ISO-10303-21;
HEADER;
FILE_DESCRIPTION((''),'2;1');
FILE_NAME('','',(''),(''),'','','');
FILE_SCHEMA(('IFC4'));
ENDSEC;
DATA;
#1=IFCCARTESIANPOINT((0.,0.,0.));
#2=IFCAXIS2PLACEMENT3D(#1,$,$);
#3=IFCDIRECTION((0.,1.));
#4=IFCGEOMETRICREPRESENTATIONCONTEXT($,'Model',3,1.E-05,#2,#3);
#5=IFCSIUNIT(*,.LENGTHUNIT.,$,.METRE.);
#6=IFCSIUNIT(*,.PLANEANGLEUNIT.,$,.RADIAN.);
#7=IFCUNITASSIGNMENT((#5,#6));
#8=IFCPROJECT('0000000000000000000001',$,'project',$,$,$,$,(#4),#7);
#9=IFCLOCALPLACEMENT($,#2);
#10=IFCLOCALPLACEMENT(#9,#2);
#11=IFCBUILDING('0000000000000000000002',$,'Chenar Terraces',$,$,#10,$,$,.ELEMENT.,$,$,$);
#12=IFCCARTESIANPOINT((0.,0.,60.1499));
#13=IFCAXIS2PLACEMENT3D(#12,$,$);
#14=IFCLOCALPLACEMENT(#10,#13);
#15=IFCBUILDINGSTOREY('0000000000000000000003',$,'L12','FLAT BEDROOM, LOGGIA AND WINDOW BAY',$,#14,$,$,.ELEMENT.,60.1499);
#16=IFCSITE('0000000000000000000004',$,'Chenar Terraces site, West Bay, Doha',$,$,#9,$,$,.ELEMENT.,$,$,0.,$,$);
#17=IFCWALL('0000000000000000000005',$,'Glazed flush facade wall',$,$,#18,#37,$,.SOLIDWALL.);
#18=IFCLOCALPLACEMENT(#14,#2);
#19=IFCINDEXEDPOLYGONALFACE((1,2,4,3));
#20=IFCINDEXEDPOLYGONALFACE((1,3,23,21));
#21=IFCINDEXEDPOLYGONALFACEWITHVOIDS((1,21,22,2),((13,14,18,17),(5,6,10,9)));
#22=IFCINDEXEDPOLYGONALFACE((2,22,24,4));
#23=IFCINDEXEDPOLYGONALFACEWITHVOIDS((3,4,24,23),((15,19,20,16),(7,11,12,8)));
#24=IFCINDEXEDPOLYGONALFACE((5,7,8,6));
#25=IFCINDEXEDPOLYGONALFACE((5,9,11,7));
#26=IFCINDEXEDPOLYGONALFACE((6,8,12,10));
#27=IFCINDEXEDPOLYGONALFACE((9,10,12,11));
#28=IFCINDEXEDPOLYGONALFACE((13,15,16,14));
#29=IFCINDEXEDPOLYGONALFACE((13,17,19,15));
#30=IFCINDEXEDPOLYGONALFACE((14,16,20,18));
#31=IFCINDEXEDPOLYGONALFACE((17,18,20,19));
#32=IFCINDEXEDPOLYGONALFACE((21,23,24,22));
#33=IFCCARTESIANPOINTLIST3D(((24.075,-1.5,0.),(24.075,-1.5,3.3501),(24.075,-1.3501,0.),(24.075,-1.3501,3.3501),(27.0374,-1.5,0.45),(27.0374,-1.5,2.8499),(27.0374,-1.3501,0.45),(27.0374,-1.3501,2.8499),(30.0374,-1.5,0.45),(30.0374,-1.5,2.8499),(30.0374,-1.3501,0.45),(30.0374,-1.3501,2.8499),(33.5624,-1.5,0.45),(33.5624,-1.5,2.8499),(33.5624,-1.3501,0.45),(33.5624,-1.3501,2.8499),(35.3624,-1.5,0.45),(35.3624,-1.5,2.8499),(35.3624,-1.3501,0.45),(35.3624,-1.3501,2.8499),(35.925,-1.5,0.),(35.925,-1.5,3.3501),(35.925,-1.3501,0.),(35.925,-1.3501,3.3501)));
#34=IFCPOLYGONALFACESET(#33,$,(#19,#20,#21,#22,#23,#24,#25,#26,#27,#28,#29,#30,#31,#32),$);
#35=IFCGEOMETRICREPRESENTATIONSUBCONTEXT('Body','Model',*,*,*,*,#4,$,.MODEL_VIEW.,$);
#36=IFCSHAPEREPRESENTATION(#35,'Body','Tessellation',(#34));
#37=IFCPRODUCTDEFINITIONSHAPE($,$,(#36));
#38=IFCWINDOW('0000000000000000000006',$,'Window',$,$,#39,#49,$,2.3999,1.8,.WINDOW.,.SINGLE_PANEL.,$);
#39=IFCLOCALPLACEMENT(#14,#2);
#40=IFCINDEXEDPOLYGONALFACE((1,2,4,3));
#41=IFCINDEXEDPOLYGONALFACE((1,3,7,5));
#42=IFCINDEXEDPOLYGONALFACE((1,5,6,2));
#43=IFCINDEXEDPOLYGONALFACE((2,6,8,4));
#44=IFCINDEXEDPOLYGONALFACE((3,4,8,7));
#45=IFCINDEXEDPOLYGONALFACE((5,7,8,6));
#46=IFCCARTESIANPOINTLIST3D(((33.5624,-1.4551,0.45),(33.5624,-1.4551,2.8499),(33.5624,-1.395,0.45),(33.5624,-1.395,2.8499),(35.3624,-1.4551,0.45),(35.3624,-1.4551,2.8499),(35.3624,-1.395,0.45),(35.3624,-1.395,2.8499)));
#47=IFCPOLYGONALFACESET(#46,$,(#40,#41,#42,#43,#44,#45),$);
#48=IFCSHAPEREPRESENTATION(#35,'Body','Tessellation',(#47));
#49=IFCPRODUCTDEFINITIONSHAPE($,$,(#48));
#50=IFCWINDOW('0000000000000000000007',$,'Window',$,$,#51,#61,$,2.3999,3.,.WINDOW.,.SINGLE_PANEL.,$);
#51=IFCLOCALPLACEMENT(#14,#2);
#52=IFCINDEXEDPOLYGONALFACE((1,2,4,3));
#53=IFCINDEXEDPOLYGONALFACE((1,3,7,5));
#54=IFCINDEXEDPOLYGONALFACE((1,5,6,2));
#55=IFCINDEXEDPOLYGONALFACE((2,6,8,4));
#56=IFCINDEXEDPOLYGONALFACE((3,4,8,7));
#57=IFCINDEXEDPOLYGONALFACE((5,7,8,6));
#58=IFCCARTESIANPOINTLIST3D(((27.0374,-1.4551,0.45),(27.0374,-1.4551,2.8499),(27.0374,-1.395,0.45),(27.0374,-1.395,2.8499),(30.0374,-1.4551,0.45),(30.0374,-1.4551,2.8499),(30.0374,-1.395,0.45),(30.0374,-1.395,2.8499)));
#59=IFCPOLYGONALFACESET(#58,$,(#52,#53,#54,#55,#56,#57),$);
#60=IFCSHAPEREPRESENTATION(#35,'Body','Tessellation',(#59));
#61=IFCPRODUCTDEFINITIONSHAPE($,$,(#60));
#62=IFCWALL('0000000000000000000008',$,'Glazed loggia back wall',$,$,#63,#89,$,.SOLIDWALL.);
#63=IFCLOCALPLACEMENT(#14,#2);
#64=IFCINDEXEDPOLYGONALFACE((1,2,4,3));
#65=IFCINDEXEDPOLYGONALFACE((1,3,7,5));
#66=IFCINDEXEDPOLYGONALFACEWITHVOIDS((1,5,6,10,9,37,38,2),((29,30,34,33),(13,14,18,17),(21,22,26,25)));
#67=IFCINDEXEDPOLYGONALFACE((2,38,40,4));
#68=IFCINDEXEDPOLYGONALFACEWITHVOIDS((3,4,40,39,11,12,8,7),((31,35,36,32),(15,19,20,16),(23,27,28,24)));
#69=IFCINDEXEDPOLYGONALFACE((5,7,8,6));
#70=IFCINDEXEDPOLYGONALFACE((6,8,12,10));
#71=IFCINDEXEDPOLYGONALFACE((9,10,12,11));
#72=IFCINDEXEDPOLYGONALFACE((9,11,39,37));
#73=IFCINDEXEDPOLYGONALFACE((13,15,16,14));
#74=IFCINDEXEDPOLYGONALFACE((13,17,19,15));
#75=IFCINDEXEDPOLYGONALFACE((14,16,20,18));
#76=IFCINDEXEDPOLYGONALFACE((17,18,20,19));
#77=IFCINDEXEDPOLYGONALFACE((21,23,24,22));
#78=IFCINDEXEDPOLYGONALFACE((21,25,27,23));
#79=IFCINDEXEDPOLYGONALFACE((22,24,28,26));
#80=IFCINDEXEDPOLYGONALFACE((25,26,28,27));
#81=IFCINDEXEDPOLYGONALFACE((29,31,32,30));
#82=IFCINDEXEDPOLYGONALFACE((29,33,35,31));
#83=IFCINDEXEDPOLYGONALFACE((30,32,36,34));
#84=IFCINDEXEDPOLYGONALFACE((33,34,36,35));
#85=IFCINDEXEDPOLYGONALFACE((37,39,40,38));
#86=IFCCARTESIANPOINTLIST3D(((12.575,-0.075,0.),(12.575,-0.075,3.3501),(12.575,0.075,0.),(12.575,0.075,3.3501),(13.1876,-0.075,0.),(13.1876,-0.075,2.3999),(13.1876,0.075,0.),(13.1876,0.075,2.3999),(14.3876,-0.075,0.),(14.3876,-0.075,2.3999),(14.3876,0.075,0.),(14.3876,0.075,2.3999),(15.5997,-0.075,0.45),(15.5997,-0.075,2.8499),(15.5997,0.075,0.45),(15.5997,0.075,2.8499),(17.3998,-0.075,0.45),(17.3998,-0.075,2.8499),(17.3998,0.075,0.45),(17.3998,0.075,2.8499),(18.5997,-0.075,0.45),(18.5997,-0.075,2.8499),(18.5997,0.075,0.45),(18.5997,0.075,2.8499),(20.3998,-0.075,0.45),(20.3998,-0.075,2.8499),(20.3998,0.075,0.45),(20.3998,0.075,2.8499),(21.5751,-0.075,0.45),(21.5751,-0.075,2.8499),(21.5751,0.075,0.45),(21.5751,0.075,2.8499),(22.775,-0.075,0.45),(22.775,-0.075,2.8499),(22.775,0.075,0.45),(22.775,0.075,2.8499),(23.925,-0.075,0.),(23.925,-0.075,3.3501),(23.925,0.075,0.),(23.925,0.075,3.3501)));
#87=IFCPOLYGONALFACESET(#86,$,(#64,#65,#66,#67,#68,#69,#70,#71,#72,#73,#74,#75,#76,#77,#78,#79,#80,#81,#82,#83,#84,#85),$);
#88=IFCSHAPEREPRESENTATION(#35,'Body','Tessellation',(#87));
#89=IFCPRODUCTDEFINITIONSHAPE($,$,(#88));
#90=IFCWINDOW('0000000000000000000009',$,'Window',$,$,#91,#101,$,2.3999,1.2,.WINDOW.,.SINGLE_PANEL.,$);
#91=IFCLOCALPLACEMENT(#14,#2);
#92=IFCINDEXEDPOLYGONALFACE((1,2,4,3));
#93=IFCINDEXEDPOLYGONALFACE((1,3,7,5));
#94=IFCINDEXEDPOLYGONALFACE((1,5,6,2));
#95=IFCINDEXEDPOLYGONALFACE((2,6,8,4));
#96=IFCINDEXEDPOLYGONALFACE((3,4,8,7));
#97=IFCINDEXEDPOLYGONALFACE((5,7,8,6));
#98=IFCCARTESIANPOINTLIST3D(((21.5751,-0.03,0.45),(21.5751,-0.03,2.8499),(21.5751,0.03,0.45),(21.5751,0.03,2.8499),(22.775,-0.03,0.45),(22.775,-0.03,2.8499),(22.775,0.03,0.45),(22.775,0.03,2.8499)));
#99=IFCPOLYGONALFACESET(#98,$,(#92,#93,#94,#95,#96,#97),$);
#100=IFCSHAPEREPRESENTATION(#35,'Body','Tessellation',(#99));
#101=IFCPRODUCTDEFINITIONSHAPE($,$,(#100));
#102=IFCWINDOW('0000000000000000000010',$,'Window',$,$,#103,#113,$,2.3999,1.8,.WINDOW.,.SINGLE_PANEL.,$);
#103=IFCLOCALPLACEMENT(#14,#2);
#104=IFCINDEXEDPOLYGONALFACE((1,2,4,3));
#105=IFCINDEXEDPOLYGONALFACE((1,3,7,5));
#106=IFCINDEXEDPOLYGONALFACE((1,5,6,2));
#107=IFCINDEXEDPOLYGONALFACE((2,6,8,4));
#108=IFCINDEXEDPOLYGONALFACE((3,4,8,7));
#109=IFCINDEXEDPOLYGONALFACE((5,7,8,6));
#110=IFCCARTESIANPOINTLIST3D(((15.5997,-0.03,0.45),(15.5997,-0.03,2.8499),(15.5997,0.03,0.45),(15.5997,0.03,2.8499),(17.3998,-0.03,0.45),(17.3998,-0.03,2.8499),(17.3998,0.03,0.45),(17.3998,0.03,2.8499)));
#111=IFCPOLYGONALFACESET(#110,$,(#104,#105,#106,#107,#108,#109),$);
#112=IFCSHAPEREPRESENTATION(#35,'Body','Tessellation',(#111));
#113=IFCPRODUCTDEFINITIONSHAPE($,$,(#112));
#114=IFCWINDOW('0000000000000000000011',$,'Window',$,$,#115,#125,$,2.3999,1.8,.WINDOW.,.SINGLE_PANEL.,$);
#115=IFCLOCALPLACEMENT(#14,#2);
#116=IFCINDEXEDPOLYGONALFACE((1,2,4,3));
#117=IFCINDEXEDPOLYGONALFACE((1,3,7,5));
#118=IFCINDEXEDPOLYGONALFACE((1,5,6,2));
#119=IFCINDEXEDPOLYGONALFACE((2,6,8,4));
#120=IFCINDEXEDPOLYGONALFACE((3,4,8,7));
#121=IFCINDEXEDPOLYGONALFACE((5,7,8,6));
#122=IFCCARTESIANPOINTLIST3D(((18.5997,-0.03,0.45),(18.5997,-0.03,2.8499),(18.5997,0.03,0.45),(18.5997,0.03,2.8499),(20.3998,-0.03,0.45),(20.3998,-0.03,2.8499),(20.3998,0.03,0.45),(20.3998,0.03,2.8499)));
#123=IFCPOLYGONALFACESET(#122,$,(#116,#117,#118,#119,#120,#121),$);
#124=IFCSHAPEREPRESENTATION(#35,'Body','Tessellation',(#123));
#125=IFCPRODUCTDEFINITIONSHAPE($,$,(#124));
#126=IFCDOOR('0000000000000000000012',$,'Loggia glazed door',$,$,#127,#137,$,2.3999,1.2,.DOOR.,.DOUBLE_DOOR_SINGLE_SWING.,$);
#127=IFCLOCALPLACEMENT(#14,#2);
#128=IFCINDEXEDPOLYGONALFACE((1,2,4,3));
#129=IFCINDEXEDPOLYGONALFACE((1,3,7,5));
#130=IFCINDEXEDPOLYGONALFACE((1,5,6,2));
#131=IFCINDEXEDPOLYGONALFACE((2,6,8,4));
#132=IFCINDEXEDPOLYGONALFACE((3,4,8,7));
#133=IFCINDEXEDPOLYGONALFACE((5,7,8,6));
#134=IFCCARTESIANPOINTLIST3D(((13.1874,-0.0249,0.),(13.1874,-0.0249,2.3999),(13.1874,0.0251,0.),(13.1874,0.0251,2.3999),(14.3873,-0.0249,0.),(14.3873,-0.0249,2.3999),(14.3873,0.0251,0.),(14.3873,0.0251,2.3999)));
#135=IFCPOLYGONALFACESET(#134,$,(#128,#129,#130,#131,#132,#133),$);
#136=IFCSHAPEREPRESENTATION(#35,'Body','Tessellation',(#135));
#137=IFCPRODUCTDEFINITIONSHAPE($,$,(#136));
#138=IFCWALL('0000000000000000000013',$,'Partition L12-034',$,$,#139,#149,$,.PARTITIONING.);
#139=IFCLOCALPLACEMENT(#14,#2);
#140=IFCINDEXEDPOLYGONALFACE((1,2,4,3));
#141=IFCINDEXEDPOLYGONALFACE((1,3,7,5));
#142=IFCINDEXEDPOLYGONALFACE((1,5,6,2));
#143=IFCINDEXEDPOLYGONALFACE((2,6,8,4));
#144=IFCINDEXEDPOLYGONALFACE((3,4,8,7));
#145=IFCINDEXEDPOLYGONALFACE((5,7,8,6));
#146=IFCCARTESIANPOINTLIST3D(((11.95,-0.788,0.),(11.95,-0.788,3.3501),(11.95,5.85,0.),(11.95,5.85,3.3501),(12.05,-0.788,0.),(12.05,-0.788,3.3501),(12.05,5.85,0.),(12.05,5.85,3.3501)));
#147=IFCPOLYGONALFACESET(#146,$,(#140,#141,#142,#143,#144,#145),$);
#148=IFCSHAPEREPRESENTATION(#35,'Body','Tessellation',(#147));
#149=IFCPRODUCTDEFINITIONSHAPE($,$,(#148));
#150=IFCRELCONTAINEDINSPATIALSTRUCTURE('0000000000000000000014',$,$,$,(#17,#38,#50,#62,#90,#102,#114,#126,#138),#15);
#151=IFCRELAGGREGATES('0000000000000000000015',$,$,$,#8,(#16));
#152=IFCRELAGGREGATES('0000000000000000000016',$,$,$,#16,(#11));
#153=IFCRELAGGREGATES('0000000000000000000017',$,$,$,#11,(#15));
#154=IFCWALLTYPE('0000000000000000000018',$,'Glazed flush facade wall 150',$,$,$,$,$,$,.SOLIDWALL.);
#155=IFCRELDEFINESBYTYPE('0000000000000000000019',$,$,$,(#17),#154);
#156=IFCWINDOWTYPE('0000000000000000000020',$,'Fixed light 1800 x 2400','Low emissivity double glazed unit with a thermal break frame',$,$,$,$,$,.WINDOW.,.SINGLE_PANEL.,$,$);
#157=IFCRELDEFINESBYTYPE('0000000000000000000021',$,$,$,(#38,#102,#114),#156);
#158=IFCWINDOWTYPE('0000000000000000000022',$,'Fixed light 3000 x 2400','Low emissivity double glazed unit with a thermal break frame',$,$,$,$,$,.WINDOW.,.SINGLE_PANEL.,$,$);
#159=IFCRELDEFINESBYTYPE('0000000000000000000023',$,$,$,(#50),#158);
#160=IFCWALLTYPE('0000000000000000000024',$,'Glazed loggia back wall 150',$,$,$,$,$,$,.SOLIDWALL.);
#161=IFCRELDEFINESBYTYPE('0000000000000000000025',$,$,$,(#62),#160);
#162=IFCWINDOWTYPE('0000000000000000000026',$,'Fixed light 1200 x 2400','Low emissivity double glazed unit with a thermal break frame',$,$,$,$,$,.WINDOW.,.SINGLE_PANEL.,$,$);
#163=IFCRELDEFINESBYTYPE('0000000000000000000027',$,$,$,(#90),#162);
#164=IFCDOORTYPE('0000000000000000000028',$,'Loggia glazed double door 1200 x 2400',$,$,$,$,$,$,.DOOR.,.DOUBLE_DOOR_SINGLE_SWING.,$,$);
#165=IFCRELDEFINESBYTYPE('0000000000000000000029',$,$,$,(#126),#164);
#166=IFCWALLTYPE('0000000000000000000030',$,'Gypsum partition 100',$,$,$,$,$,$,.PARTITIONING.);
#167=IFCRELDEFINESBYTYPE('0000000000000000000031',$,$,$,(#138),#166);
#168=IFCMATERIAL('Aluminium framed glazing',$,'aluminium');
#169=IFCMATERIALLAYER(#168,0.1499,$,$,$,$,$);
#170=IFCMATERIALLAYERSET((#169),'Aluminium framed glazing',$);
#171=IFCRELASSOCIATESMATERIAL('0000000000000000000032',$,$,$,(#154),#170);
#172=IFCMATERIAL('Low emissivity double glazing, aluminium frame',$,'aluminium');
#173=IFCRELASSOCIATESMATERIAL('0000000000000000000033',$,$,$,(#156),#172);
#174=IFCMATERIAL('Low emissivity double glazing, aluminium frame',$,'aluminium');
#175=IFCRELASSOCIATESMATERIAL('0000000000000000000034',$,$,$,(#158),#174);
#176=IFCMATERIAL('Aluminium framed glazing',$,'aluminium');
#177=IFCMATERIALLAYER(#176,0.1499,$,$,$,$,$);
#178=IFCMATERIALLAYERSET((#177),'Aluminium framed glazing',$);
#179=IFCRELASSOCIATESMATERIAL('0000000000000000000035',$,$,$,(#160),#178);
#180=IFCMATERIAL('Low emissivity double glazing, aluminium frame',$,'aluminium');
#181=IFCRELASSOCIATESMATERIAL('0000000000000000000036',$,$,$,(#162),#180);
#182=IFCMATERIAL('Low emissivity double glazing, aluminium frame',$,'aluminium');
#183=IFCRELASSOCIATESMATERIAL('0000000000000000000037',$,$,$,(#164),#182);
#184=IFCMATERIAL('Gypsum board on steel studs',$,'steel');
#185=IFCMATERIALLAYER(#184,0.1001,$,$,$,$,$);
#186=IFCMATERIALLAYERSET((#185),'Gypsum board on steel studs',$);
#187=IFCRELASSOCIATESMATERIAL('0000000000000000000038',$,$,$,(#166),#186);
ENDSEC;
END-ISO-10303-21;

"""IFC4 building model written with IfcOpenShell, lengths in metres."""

from ifc_helpers import new_model, si_unit, direction, frame, frame_2d, origin, place, context, subcontext, project, spatial, rectangle, extrude, material, layer, layer_set, type_object, element, fill, save


model = new_model("IFC4")

# Units and contexts
model_context = context("Model", 3, precision=1e-05, world=origin(), true_north=direction((0.0, 1.0)))
body_context = subcontext(model_context, "Body", "Model", "MODEL_VIEW")
ifc_project = project(units=[si_unit("LENGTHUNIT", "METRE"), si_unit("PLANEANGLEUNIT", "RADIAN")], contexts=[model_context])

# Site, building, storey
site_placement = place(None, origin())
site = spatial("IfcSite", under=ifc_project, at=site_placement, Name="Chenar Terraces site, West Bay, Doha", CompositionType="ELEMENT", RefElevation=0.0)
building_placement = place(site_placement, origin())
building = spatial("IfcBuilding", under=site, at=building_placement, Name="Chenar Terraces", CompositionType="ELEMENT")
storey_placement = place(building_placement, frame((0.0, 0.0, 60.1499)))
storey = spatial("IfcBuildingStorey", under=building, at=storey_placement, Name="L12", Description="FLAT BEDROOM, LOGGIA AND WINDOW BAY", CompositionType="ELEMENT", Elevation=60.1499)

# Wall, openings, windows
ifc_material_1 = material(Name="Aluminium framed glazing", Category="aluminium")
ifc_layer_1 = layer(ifc_material_1, 0.1499)
ifc_layer_set_1 = layer_set([ifc_layer_1], Name="Aluminium framed glazing")
wall_type_1 = type_object("IfcWallType", Name="Glazed flush facade wall 150", PredefinedType="SOLIDWALL", material=ifc_layer_set_1)
wall_1_placement = place(storey_placement, frame((24.075, -1.425, 0.0), z_axis=(0.0, 0.0, 1.0), x_axis=(1.0, 0.0, 0.0)))
wall_1 = element("IfcWall", 1, at=wall_1_placement, inside=storey, type_object=wall_type_1, Name="Glazed flush facade wall", PredefinedType="SOLIDWALL", context=body_context, shape_type="SweptSolid", body=[
    extrude(rectangle(XDim=11.8501, YDim=0.1499, at=frame_2d((5.925, 0.0))), origin(), (0.0, 0.0, 1.0), 3.3501),
])
opening_1_placement = place(wall_1_placement, frame((2.9624, 0.0, 0.45)))
opening_1 = element("IfcOpeningElement", 2, at=opening_1_placement, cuts=wall_1, PredefinedType="OPENING", context=body_context, shape_type="SweptSolid", body=[
    extrude(rectangle(XDim=3.0, YDim=2.3999, at=frame_2d((1.5, 1.2))), frame((0.0, 0.085, 0.0), z_axis=(0.0, -1.0, 0.0), x_axis=(1.0, 0.0, 0.0)), (0.0, 0.0, 1.0), 0.1699),
])
opening_2_placement = place(wall_1_placement, frame((9.4875, 0.0, 0.45)))
opening_2 = element("IfcOpeningElement", 3, at=opening_2_placement, cuts=wall_1, PredefinedType="OPENING", context=body_context, shape_type="SweptSolid", body=[
    extrude(rectangle(XDim=1.8, YDim=2.3999, at=frame_2d((0.8999, 1.2))), frame((0.0, 0.085, 0.0), z_axis=(0.0, -1.0, 0.0), x_axis=(1.0, 0.0, 0.0)), (0.0, 0.0, 1.0), 0.1699),
])
ifc_material_2 = material(Name="Low emissivity double glazing, aluminium frame", Category="aluminium")
window_type_1 = type_object("IfcWindowType", Name="Fixed light 1800 x 2400", Description="Low emissivity double glazed unit with a thermal break frame", PartitioningType="SINGLE_PANEL", PredefinedType="WINDOW", material=ifc_material_2)
window_1_placement = place(opening_2_placement, origin())
window_1 = element("IfcWindow", 4, at=window_1_placement, inside=storey, type_object=window_type_1, Name="Window", OverallHeight=2.3999, OverallWidth=1.8, PartitioningType="SINGLE_PANEL", PredefinedType="WINDOW", context=body_context, shape_type="SweptSolid", body=[
    extrude(rectangle(XDim=1.8, YDim=2.3999, at=frame_2d((0.8999, 1.2))), frame((0.0, 0.03, 0.0), z_axis=(0.0, -1.0, 0.0), x_axis=(1.0, 0.0, 0.0)), (0.0, 0.0, 1.0), 0.0601),
])
fill(opening_2, window_1)
ifc_material_3 = material(Name="Low emissivity double glazing, aluminium frame", Category="aluminium")
window_type_2 = type_object("IfcWindowType", Name="Fixed light 3000 x 2400", Description="Low emissivity double glazed unit with a thermal break frame", PartitioningType="SINGLE_PANEL", PredefinedType="WINDOW", material=ifc_material_3)
window_2_placement = place(opening_1_placement, origin())
window_2 = element("IfcWindow", 5, at=window_2_placement, inside=storey, type_object=window_type_2, Name="Window", OverallHeight=2.3999, OverallWidth=3.0, PartitioningType="SINGLE_PANEL", PredefinedType="WINDOW", context=body_context, shape_type="SweptSolid", body=[
    extrude(rectangle(XDim=3.0, YDim=2.3999, at=frame_2d((1.5, 1.2))), frame((0.0, 0.03, 0.0), z_axis=(0.0, -1.0, 0.0), x_axis=(1.0, 0.0, 0.0)), (0.0, 0.0, 1.0), 0.0601),
])
fill(opening_1, window_2)

# Wall, openings, windows, door
ifc_material_4 = material(Name="Aluminium framed glazing", Category="aluminium")
ifc_layer_2 = layer(ifc_material_4, 0.1499)
ifc_layer_set_2 = layer_set([ifc_layer_2], Name="Aluminium framed glazing")
wall_type_2 = type_object("IfcWallType", Name="Glazed loggia back wall 150", PredefinedType="SOLIDWALL", material=ifc_layer_set_2)
wall_2_placement = place(storey_placement, frame((12.575, 0.0, 0.0), z_axis=(0.0, 0.0, 1.0), x_axis=(1.0, 0.0, 0.0)))
wall_2 = element("IfcWall", 6, at=wall_2_placement, inside=storey, type_object=wall_type_2, Name="Glazed loggia back wall", PredefinedType="SOLIDWALL", context=body_context, shape_type="SweptSolid", body=[
    extrude(rectangle(XDim=11.3501, YDim=0.1499, at=frame_2d((5.675, 0.0))), origin(), (0.0, 0.0, 1.0), 3.3501),
])
opening_3_placement = place(wall_2_placement, frame((0.6125, 0.0, 0.0)))
opening_3 = element("IfcOpeningElement", 7, at=opening_3_placement, cuts=wall_2, PredefinedType="OPENING", context=body_context, shape_type="SweptSolid", body=[
    extrude(rectangle(XDim=1.2, YDim=2.3999, at=frame_2d((0.6001, 1.2))), frame((0.0, 0.085, 0.0), z_axis=(0.0, -1.0, 0.0), x_axis=(1.0, 0.0, 0.0)), (0.0, 0.0, 1.0), 0.1699),
])
opening_4_placement = place(wall_2_placement, frame((3.0249, 0.0, 0.45)))
opening_4 = element("IfcOpeningElement", 8, at=opening_4_placement, cuts=wall_2, PredefinedType="OPENING", context=body_context, shape_type="SweptSolid", body=[
    extrude(rectangle(XDim=1.8, YDim=2.3999, at=frame_2d((0.8999, 1.2))), frame((0.0, 0.085, 0.0), z_axis=(0.0, -1.0, 0.0), x_axis=(1.0, 0.0, 0.0)), (0.0, 0.0, 1.0), 0.1699),
])
opening_5_placement = place(wall_2_placement, frame((6.0249, 0.0, 0.45)))
opening_5 = element("IfcOpeningElement", 9, at=opening_5_placement, cuts=wall_2, PredefinedType="OPENING", context=body_context, shape_type="SweptSolid", body=[
    extrude(rectangle(XDim=1.8, YDim=2.3999, at=frame_2d((0.8999, 1.2))), frame((0.0, 0.085, 0.0), z_axis=(0.0, -1.0, 0.0), x_axis=(1.0, 0.0, 0.0)), (0.0, 0.0, 1.0), 0.1699),
])
opening_6_placement = place(wall_2_placement, frame((9.0, 0.0, 0.45)))
opening_6 = element("IfcOpeningElement", 10, at=opening_6_placement, cuts=wall_2, PredefinedType="OPENING", context=body_context, shape_type="SweptSolid", body=[
    extrude(rectangle(XDim=1.2, YDim=2.3999, at=frame_2d((0.6001, 1.2))), frame((0.0, 0.085, 0.0), z_axis=(0.0, -1.0, 0.0), x_axis=(1.0, 0.0, 0.0)), (0.0, 0.0, 1.0), 0.1699),
])
ifc_material_5 = material(Name="Low emissivity double glazing, aluminium frame", Category="aluminium")
window_type_3 = type_object("IfcWindowType", Name="Fixed light 1200 x 2400", Description="Low emissivity double glazed unit with a thermal break frame", PartitioningType="SINGLE_PANEL", PredefinedType="WINDOW", material=ifc_material_5)
window_3_placement = place(opening_6_placement, origin())
window_3 = element("IfcWindow", 11, at=window_3_placement, inside=storey, type_object=window_type_3, Name="Window", OverallHeight=2.3999, OverallWidth=1.2, PartitioningType="SINGLE_PANEL", PredefinedType="WINDOW", context=body_context, shape_type="SweptSolid", body=[
    extrude(rectangle(XDim=1.2, YDim=2.3999, at=frame_2d((0.6001, 1.2))), frame((0.0, 0.03, 0.0), z_axis=(0.0, -1.0, 0.0), x_axis=(1.0, 0.0, 0.0)), (0.0, 0.0, 1.0), 0.0601),
])
fill(opening_6, window_3)
window_4_placement = place(opening_4_placement, origin())
window_4 = element("IfcWindow", 12, at=window_4_placement, inside=storey, type_object=window_type_1, Name="Window", OverallHeight=2.3999, OverallWidth=1.8, PartitioningType="SINGLE_PANEL", PredefinedType="WINDOW", context=body_context, shape_type="SweptSolid", body=[
    extrude(rectangle(XDim=1.8, YDim=2.3999, at=frame_2d((0.8999, 1.2))), frame((0.0, 0.03, 0.0), z_axis=(0.0, -1.0, 0.0), x_axis=(1.0, 0.0, 0.0)), (0.0, 0.0, 1.0), 0.0601),
])
fill(opening_4, window_4)
window_5_placement = place(opening_5_placement, origin())
window_5 = element("IfcWindow", 13, at=window_5_placement, inside=storey, type_object=window_type_1, Name="Window", OverallHeight=2.3999, OverallWidth=1.8, PartitioningType="SINGLE_PANEL", PredefinedType="WINDOW", context=body_context, shape_type="SweptSolid", body=[
    extrude(rectangle(XDim=1.8, YDim=2.3999, at=frame_2d((0.8999, 1.2))), frame((0.0, 0.03, 0.0), z_axis=(0.0, -1.0, 0.0), x_axis=(1.0, 0.0, 0.0)), (0.0, 0.0, 1.0), 0.0601),
])
fill(opening_5, window_5)
ifc_material_6 = material(Name="Low emissivity double glazing, aluminium frame", Category="aluminium")
door_type_1 = type_object("IfcDoorType", Name="Loggia glazed double door 1200 x 2400", OperationType="DOUBLE_DOOR_SINGLE_SWING", PredefinedType="DOOR", material=ifc_material_6)
door_1_placement = place(opening_3_placement, frame((1.2, 0.0, 0.0), z_axis=(0.0, 0.0, 1.0), x_axis=(-1.0, 0.0, 0.0)))
door_1 = element("IfcDoor", 14, at=door_1_placement, inside=storey, type_object=door_type_1, Name="Loggia glazed door", OperationType="DOUBLE_DOOR_SINGLE_SWING", OverallHeight=2.3999, OverallWidth=1.2, PredefinedType="DOOR", context=body_context, shape_type="SweptSolid", body=[
    extrude(rectangle(XDim=1.2, YDim=2.3999, at=frame_2d((0.6001, 1.2))), frame((0.0, 0.0249, 0.0), z_axis=(0.0, -1.0, 0.0), x_axis=(1.0, 0.0, 0.0)), (0.0, 0.0, 1.0), 0.05),
])
fill(opening_3, door_1)

# Wall
ifc_material_7 = material(Name="Gypsum board on steel studs", Category="steel")
ifc_layer_3 = layer(ifc_material_7, 0.1001)
ifc_layer_set_3 = layer_set([ifc_layer_3], Name="Gypsum board on steel studs")
wall_type_3 = type_object("IfcWallType", Name="Gypsum partition 100", PredefinedType="PARTITIONING", material=ifc_layer_set_3)
wall_3_placement = place(storey_placement, frame((12.0, -0.7878, 0.0), z_axis=(0.0, 0.0, 1.0), x_axis=(0.0, 1.0, 0.0)))
element("IfcWall", 15, at=wall_3_placement, inside=storey, type_object=wall_type_3, Name="Partition L12-034", PredefinedType="PARTITIONING", context=body_context, shape_type="SweptSolid", body=[
    extrude(rectangle(XDim=6.6379, YDim=0.1001, at=frame_2d((3.3188, 0.0))), origin(), (0.0, 0.0, 1.0), 3.3501),
])

save(model, "model.ifc")
